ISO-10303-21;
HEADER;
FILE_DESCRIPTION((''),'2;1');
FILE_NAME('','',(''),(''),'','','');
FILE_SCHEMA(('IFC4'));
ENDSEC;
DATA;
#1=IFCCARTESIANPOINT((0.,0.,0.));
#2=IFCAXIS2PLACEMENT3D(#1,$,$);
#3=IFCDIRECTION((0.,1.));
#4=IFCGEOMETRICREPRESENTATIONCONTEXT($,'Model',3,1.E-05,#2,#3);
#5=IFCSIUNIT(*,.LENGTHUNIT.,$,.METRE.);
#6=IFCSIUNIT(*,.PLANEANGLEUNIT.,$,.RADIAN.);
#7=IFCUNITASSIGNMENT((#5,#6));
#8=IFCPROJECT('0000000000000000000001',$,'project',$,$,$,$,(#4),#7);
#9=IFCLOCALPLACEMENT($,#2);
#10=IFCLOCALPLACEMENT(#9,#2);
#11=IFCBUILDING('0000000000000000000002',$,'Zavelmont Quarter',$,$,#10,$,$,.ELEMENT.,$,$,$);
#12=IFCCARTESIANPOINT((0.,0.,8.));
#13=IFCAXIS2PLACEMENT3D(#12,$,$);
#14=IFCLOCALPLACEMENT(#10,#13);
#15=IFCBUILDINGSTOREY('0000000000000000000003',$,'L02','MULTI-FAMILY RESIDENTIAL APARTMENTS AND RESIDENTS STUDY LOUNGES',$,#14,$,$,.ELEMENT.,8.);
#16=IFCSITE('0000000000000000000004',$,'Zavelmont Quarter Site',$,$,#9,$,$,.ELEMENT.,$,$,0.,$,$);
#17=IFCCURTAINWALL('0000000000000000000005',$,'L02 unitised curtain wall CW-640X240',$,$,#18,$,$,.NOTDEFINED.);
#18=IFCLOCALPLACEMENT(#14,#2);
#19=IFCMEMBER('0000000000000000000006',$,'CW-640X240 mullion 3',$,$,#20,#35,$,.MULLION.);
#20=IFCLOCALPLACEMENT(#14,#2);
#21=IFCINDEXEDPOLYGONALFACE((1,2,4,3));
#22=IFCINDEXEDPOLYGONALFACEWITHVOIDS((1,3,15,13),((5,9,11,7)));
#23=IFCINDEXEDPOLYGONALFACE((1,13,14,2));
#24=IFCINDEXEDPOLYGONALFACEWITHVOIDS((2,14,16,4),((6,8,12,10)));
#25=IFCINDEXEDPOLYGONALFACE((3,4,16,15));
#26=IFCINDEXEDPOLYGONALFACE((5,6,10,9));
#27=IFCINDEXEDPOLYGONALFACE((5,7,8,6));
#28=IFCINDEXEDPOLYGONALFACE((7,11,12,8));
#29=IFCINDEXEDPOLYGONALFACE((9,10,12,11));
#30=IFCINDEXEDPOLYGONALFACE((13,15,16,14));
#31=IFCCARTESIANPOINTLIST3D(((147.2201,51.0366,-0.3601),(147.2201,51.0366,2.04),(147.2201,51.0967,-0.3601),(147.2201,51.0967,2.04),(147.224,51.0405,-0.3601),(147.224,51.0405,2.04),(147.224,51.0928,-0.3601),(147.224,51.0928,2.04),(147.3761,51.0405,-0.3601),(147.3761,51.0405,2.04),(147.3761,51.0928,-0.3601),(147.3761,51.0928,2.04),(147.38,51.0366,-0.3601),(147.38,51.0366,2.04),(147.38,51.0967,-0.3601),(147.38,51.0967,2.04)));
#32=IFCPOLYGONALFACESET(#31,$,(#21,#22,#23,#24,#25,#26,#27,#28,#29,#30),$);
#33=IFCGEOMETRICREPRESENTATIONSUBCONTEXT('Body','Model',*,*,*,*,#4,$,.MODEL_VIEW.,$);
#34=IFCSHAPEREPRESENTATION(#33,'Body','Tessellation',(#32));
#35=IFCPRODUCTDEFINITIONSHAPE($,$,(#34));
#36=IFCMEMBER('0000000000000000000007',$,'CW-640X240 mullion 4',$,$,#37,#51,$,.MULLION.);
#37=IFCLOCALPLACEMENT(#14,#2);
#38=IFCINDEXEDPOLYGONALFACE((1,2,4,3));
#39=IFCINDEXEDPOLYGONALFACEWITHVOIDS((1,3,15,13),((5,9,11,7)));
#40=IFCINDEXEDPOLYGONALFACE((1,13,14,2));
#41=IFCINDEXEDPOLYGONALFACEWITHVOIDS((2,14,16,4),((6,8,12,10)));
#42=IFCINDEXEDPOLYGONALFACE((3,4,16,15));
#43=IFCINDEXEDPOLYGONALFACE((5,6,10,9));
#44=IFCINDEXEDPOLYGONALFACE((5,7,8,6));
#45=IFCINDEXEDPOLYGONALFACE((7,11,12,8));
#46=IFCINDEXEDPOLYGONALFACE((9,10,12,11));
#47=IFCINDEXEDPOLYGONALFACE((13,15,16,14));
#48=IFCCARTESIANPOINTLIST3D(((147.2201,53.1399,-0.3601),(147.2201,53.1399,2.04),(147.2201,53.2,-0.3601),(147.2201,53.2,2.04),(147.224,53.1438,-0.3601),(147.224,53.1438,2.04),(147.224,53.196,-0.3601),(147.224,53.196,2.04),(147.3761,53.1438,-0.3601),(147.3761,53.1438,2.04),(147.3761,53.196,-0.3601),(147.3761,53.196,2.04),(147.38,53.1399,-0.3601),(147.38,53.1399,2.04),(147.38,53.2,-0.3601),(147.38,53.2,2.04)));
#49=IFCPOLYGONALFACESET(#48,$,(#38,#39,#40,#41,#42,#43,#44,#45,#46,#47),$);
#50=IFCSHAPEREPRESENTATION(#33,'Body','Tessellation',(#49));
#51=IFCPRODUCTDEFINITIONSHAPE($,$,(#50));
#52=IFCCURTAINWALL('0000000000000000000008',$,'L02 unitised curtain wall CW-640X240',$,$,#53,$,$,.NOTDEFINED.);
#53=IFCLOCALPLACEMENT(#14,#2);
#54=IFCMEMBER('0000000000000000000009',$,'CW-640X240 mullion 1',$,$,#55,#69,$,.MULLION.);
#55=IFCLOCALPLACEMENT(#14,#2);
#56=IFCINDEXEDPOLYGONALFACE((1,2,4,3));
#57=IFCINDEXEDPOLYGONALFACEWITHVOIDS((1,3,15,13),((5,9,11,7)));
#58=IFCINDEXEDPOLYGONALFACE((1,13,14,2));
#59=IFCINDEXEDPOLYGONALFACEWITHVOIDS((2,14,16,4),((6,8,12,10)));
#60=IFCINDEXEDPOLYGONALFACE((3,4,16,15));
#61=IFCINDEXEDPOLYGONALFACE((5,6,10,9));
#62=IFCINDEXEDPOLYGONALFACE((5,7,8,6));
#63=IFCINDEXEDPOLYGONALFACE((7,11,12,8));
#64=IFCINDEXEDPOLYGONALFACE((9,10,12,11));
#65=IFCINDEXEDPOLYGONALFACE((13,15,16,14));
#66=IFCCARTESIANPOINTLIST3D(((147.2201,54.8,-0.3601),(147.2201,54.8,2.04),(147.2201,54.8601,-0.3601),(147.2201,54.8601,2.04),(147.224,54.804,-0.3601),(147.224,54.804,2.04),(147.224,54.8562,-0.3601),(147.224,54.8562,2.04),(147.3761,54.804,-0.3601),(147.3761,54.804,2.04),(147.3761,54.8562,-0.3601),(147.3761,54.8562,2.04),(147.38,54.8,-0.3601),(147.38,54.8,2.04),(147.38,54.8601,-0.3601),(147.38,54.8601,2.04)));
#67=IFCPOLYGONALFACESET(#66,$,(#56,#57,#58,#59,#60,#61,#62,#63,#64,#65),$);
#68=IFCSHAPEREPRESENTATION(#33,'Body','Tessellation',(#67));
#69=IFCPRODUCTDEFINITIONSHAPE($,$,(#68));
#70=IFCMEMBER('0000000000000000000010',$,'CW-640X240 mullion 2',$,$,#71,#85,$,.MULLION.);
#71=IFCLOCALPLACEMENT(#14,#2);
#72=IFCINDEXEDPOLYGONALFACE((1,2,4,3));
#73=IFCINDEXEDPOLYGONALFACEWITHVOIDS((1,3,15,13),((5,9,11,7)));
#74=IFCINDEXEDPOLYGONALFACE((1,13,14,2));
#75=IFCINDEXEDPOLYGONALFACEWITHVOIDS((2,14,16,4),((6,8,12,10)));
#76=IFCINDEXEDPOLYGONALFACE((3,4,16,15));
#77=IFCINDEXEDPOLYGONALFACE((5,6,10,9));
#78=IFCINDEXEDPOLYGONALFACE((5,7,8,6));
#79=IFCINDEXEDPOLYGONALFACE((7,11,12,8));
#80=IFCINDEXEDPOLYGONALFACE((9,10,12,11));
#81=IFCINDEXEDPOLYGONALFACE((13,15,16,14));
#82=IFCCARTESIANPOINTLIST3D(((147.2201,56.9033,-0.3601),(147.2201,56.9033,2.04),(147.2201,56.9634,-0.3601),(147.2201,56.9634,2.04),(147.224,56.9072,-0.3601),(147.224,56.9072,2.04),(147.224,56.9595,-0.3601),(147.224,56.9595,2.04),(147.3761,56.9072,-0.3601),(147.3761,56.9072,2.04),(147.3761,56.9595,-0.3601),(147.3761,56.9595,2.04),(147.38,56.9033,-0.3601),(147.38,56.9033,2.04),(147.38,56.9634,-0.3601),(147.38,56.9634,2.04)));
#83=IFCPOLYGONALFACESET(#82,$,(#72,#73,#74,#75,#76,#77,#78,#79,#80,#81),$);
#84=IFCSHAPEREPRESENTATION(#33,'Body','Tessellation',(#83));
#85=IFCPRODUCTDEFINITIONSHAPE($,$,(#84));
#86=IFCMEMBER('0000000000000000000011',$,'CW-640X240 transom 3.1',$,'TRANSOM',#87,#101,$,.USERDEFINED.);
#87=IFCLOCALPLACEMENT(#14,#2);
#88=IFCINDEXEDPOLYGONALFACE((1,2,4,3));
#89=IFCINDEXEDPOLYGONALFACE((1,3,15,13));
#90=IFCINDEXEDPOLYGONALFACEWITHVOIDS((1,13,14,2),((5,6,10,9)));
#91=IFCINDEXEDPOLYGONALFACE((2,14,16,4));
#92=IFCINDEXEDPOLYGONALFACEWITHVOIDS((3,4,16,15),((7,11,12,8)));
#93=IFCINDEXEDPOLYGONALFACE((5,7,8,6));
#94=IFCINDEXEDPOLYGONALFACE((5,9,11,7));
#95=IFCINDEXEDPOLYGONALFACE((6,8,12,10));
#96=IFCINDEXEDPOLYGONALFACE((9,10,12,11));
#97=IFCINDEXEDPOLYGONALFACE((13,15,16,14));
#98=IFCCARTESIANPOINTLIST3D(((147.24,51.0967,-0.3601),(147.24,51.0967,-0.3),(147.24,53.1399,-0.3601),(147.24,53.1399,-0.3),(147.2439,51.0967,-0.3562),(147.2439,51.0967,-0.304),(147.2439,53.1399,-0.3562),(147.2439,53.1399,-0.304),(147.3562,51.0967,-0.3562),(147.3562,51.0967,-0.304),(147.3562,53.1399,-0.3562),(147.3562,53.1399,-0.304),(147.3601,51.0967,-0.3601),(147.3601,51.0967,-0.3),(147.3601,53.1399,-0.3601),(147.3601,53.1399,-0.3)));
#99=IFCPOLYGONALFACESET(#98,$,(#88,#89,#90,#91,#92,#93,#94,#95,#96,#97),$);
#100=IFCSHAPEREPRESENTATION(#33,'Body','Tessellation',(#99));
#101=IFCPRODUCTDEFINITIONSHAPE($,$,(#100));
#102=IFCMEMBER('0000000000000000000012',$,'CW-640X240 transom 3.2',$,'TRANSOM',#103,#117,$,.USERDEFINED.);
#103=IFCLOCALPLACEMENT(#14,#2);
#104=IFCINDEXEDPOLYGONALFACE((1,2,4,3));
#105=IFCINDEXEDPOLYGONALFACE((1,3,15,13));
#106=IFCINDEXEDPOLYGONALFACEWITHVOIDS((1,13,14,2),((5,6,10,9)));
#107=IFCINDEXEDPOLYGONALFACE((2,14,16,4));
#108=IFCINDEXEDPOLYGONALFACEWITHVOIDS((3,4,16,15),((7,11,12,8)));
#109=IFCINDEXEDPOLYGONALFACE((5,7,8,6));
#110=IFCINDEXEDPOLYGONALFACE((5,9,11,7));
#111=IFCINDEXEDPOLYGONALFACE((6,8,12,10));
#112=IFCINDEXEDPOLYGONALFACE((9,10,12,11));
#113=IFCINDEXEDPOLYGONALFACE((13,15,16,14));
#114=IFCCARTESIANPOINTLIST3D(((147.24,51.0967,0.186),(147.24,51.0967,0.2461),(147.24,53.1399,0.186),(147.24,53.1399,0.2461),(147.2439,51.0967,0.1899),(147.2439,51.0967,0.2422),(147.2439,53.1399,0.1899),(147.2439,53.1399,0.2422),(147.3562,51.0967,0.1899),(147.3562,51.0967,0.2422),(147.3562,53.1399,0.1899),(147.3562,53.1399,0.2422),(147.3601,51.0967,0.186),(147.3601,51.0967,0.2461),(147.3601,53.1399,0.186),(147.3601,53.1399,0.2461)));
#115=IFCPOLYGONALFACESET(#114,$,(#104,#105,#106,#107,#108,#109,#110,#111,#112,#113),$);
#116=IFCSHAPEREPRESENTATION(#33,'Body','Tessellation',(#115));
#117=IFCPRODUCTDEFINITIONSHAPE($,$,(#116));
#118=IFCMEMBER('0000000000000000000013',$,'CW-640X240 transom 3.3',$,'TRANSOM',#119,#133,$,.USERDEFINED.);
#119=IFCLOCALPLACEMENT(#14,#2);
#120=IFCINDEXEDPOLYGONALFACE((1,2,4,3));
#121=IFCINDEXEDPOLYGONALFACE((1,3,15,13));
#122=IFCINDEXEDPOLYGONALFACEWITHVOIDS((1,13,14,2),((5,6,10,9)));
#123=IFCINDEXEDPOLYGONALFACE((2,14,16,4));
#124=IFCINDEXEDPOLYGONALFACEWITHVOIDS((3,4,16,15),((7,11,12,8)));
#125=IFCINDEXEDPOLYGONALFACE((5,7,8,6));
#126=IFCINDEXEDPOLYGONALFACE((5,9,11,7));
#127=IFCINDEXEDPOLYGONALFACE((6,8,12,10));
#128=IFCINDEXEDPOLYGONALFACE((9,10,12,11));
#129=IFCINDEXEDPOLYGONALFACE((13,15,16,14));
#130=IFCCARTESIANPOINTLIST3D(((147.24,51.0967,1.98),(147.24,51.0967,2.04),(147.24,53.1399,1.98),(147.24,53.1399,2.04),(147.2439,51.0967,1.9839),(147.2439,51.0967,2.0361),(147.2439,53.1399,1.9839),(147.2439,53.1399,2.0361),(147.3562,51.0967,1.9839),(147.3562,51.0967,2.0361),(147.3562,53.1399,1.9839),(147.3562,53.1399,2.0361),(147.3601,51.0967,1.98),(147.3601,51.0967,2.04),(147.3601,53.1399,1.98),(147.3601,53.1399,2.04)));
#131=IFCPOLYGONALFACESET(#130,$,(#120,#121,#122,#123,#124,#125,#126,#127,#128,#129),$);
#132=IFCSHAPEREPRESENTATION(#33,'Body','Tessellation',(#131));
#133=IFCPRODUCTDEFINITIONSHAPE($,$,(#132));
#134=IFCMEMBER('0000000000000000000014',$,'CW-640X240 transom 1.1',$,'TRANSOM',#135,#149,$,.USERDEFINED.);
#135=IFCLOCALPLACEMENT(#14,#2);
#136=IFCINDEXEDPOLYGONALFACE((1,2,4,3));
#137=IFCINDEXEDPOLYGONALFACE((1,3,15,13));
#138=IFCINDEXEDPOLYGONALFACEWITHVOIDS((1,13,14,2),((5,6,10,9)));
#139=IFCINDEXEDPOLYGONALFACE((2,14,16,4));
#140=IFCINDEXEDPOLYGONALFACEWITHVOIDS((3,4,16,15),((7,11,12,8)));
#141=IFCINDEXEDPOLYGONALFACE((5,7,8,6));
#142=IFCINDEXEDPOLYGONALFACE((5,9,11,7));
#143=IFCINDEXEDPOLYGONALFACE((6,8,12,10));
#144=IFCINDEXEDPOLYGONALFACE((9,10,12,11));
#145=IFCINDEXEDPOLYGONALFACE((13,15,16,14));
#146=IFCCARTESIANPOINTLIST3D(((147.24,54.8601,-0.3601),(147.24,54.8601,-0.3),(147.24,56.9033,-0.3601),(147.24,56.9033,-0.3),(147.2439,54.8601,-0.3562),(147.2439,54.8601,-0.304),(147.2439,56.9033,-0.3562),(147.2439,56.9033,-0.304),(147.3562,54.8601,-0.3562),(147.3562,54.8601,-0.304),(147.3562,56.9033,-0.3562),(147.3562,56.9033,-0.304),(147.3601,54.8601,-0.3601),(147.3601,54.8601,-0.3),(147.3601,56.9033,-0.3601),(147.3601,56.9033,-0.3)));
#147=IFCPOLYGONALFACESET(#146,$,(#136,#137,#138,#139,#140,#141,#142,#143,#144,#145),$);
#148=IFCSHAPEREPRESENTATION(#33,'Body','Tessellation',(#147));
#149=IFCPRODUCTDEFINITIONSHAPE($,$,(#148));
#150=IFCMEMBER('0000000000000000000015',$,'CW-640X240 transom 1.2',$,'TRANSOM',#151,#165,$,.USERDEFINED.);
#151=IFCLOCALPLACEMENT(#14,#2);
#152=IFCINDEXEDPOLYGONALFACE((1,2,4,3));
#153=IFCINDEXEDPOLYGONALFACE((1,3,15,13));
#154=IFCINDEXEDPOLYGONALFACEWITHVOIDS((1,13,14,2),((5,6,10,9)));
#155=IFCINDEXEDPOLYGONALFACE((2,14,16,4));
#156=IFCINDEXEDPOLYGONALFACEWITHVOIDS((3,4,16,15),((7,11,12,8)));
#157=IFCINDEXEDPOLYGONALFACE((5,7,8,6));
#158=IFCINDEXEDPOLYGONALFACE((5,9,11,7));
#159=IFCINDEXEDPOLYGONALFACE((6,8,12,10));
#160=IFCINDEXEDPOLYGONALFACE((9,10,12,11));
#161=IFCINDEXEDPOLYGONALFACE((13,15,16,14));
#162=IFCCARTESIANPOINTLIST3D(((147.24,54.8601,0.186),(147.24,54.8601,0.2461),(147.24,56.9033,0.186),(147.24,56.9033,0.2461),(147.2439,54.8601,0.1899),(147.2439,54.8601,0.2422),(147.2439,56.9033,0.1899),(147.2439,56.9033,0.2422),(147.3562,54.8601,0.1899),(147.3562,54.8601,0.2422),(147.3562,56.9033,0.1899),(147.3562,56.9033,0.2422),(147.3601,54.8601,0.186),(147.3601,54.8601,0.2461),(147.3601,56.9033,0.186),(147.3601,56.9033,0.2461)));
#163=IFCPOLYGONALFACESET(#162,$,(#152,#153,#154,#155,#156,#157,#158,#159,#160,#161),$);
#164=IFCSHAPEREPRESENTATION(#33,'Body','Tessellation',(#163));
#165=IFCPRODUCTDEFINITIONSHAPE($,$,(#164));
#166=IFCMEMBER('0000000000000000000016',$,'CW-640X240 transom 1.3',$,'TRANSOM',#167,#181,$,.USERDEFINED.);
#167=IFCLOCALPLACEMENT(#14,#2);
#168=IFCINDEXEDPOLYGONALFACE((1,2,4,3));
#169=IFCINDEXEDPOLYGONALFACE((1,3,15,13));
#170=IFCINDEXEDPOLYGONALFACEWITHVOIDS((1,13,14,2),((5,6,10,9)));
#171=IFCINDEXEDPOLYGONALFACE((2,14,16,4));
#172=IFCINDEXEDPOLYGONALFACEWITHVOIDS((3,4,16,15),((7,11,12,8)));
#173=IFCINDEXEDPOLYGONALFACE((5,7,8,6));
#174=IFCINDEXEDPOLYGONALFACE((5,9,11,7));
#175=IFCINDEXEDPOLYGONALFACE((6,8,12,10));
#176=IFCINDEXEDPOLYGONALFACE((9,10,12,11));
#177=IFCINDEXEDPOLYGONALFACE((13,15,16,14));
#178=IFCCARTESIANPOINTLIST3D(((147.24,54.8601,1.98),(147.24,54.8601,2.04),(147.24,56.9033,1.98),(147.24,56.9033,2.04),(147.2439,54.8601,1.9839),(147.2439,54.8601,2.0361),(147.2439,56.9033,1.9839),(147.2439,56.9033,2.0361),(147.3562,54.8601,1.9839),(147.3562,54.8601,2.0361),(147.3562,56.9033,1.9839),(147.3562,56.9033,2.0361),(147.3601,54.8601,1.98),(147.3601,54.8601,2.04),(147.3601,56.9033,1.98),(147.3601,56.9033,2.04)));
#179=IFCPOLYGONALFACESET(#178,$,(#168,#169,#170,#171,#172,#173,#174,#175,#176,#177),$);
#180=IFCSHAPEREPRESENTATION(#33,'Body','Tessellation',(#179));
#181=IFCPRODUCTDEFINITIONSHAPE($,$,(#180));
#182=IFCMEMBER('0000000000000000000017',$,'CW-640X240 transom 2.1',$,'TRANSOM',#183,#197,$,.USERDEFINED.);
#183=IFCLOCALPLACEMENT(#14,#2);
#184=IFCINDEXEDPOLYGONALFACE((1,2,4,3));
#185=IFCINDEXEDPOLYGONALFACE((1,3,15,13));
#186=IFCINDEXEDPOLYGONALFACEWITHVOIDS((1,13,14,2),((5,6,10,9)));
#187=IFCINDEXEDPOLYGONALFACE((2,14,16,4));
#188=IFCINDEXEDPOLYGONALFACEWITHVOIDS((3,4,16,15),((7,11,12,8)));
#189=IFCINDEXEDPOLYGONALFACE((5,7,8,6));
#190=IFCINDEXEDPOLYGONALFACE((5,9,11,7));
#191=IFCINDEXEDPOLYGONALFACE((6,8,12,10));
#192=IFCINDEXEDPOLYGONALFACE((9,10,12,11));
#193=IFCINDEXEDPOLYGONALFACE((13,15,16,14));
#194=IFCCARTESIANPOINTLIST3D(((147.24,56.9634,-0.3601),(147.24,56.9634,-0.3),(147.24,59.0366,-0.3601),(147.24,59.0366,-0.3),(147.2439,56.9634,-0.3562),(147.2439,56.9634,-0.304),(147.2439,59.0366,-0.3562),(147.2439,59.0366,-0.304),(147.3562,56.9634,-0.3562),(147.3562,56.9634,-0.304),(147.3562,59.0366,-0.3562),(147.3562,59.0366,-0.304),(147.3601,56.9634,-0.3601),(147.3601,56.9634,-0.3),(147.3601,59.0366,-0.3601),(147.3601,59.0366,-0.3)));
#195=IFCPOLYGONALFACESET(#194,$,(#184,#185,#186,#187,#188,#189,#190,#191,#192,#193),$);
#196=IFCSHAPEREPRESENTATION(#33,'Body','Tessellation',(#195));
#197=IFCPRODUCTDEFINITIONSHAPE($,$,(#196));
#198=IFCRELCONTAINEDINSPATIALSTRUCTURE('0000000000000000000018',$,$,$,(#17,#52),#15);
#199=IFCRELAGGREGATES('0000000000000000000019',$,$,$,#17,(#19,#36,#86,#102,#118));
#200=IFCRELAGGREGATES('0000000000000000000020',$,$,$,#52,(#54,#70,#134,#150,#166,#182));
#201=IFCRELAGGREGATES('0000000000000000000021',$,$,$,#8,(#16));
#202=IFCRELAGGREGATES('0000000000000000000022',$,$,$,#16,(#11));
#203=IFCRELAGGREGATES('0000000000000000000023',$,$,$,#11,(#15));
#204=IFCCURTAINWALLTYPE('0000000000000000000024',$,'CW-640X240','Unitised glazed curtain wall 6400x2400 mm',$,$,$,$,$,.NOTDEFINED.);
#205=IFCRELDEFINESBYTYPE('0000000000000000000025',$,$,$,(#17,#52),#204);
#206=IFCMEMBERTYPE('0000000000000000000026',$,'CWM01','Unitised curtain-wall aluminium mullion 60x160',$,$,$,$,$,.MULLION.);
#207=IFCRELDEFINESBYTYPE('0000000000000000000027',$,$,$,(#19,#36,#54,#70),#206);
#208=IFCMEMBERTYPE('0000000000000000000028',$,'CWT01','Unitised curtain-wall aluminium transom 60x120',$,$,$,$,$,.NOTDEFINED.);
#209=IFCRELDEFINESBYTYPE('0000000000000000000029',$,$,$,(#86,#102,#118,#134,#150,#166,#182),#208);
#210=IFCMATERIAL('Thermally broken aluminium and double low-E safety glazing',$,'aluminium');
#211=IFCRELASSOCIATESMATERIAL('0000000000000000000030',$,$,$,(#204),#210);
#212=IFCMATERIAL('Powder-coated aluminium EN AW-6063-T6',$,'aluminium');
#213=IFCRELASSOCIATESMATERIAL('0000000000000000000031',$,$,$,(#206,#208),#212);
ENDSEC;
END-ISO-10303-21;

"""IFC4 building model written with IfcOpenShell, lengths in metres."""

from ifc_helpers import new_model, si_unit, direction, frame, origin, origin_2d, place, context, subcontext, project, spatial, hollow_rectangle, extrude, material, material_profile, profile_set, type_object, element, aggregate, save


model = new_model("IFC4")

# Units and contexts
model_context = context("Model", 3, precision=1e-05, world=origin(), true_north=direction((0.0, 1.0)))
body_context = subcontext(model_context, "Body", "Model", "MODEL_VIEW")
ifc_project = project(units=[si_unit("LENGTHUNIT", "METRE"), si_unit("PLANEANGLEUNIT", "RADIAN")], contexts=[model_context])

# Site, building, storey
site_placement = place(None, origin())
site = spatial("IfcSite", under=ifc_project, at=site_placement, Name="Zavelmont Quarter Site", CompositionType="ELEMENT", RefElevation=0.0)
building_placement = place(site_placement, origin())
building = spatial("IfcBuilding", under=site, at=building_placement, Name="Zavelmont Quarter", CompositionType="ELEMENT")
storey_placement = place(building_placement, frame((0.0, 0.0, 8.0)))
storey = spatial("IfcBuildingStorey", under=building, at=storey_placement, Name="L02", Description="MULTI-FAMILY RESIDENTIAL APARTMENTS AND RESIDENTS STUDY LOUNGES", CompositionType="ELEMENT", Elevation=8.0)

# Curtain walls, members
ifc_material_1 = material(Name="Thermally broken aluminium and double low-E safety glazing", Category="aluminium")
curtain_wall_type = type_object("IfcCurtainWallType", Name="CW-640X240", Description="Unitised glazed curtain wall 6400x2400 mm", PredefinedType="NOTDEFINED", material=ifc_material_1)
curtain_wall_1_placement = place(storey_placement, origin())
curtain_wall_1 = element("IfcCurtainWall", 1, at=curtain_wall_1_placement, inside=storey, type_object=curtain_wall_type, Name="L02 unitised curtain wall CW-640X240", PredefinedType="NOTDEFINED")
ifc_material_2 = material(Name="Powder-coated aluminium EN AW-6063-T6", Category="aluminium")
ifc_material_profile_1 = material_profile(ifc_material_2, hollow_rectangle(XDim=0.0601, YDim=0.1599, WallThickness=0.0039, at=origin_2d()), Name="CWM60X160")
ifc_profile_set_1 = profile_set([ifc_material_profile_1], Name="Powder-coated aluminium EN AW-6063-T6")
member_type_1 = type_object("IfcMemberType", Name="CWM01", Description="Unitised curtain-wall aluminium mullion 60x160", PredefinedType="MULLION", material=ifc_profile_set_1)
member_1_placement = place(storey_placement, frame((147.3, 51.0667, -0.3601), z_axis=(0.0, 0.0, 1.0), x_axis=(0.0, 1.0, 0.0)))
member_1 = element("IfcMember", 2, at=member_1_placement, type_object=member_type_1, Name="CW-640X240 mullion 3", PredefinedType="MULLION", context=body_context, shape_type="SweptSolid", body=[
    extrude(hollow_rectangle(XDim=0.0601, YDim=0.1599, WallThickness=0.0039, at=origin_2d()), origin(), (0.0, 0.0, 1.0), 2.4001),
])
member_2_placement = place(storey_placement, frame((147.3, 53.1699, -0.3601), z_axis=(0.0, 0.0, 1.0), x_axis=(0.0, 1.0, 0.0)))
member_2 = element("IfcMember", 3, at=member_2_placement, type_object=member_type_1, Name="CW-640X240 mullion 4", PredefinedType="MULLION", context=body_context, shape_type="SweptSolid", body=[
    extrude(hollow_rectangle(XDim=0.0601, YDim=0.1599, WallThickness=0.0039, at=origin_2d()), origin(), (0.0, 0.0, 1.0), 2.4001),
])
curtain_wall_2_placement = place(storey_placement, origin())
curtain_wall_2 = element("IfcCurtainWall", 4, at=curtain_wall_2_placement, inside=storey, type_object=curtain_wall_type, Name="L02 unitised curtain wall CW-640X240", PredefinedType="NOTDEFINED")
member_3_placement = place(storey_placement, frame((147.3, 54.8301, -0.3601), z_axis=(0.0, 0.0, 1.0), x_axis=(0.0, 1.0, 0.0)))
member_3 = element("IfcMember", 5, at=member_3_placement, type_object=member_type_1, Name="CW-640X240 mullion 1", PredefinedType="MULLION", context=body_context, shape_type="SweptSolid", body=[
    extrude(hollow_rectangle(XDim=0.0601, YDim=0.1599, WallThickness=0.0039, at=origin_2d()), origin(), (0.0, 0.0, 1.0), 2.4001),
])
member_4_placement = place(storey_placement, frame((147.3, 56.9333, -0.3601), z_axis=(0.0, 0.0, 1.0), x_axis=(0.0, 1.0, 0.0)))
member_4 = element("IfcMember", 6, at=member_4_placement, type_object=member_type_1, Name="CW-640X240 mullion 2", PredefinedType="MULLION", context=body_context, shape_type="SweptSolid", body=[
    extrude(hollow_rectangle(XDim=0.0601, YDim=0.1599, WallThickness=0.0039, at=origin_2d()), origin(), (0.0, 0.0, 1.0), 2.4001),
])

# Members
ifc_material_profile_2 = material_profile(ifc_material_2, hollow_rectangle(XDim=0.1201, YDim=0.0601, WallThickness=0.0039, at=origin_2d()), Name="CWT60X120")
ifc_profile_set_2 = profile_set([ifc_material_profile_2], Name="Powder-coated aluminium EN AW-6063-T6")
member_type_2 = type_object("IfcMemberType", Name="CWT01", Description="Unitised curtain-wall aluminium transom 60x120", PredefinedType="NOTDEFINED", material=ifc_profile_set_2)
member_5_placement = place(storey_placement, frame((147.3, 51.0967, -0.3301), z_axis=(0.0, 1.0, 0.0), x_axis=(-1.0, 0.0, 0.0)))
member_5 = element("IfcMember", 7, at=member_5_placement, type_object=member_type_2, Name="CW-640X240 transom 3.1", ObjectType="TRANSOM", PredefinedType="USERDEFINED", context=body_context, shape_type="SweptSolid", body=[
    extrude(hollow_rectangle(XDim=0.1201, YDim=0.0601, WallThickness=0.0039, at=origin_2d()), origin(), (0.0, 0.0, 1.0), 2.0432),
])
member_6_placement = place(storey_placement, frame((147.3, 51.0967, 0.2161), z_axis=(0.0, 1.0, 0.0), x_axis=(-1.0, 0.0, 0.0)))
member_6 = element("IfcMember", 8, at=member_6_placement, type_object=member_type_2, Name="CW-640X240 transom 3.2", ObjectType="TRANSOM", PredefinedType="USERDEFINED", context=body_context, shape_type="SweptSolid", body=[
    extrude(hollow_rectangle(XDim=0.1201, YDim=0.0601, WallThickness=0.0039, at=origin_2d()), origin(), (0.0, 0.0, 1.0), 2.0432),
])
member_7_placement = place(storey_placement, frame((147.3, 51.0967, 2.01), z_axis=(0.0, 1.0, 0.0), x_axis=(-1.0, 0.0, 0.0)))
member_7 = element("IfcMember", 9, at=member_7_placement, type_object=member_type_2, Name="CW-640X240 transom 3.3", ObjectType="TRANSOM", PredefinedType="USERDEFINED", context=body_context, shape_type="SweptSolid", body=[
    extrude(hollow_rectangle(XDim=0.1201, YDim=0.0601, WallThickness=0.0039, at=origin_2d()), origin(), (0.0, 0.0, 1.0), 2.0432),
])
member_8_placement = place(storey_placement, frame((147.3, 54.8601, -0.3301), z_axis=(0.0, 1.0, 0.0), x_axis=(-1.0, 0.0, 0.0)))
member_8 = element("IfcMember", 10, at=member_8_placement, type_object=member_type_2, Name="CW-640X240 transom 1.1", ObjectType="TRANSOM", PredefinedType="USERDEFINED", context=body_context, shape_type="SweptSolid", body=[
    extrude(hollow_rectangle(XDim=0.1201, YDim=0.0601, WallThickness=0.0039, at=origin_2d()), origin(), (0.0, 0.0, 1.0), 2.0432),
])
member_9_placement = place(storey_placement, frame((147.3, 54.8601, 0.2161), z_axis=(0.0, 1.0, 0.0), x_axis=(-1.0, 0.0, 0.0)))
member_9 = element("IfcMember", 11, at=member_9_placement, type_object=member_type_2, Name="CW-640X240 transom 1.2", ObjectType="TRANSOM", PredefinedType="USERDEFINED", context=body_context, shape_type="SweptSolid", body=[
    extrude(hollow_rectangle(XDim=0.1201, YDim=0.0601, WallThickness=0.0039, at=origin_2d()), origin(), (0.0, 0.0, 1.0), 2.0432),
])
member_10_placement = place(storey_placement, frame((147.3, 54.8601, 2.01), z_axis=(0.0, 1.0, 0.0), x_axis=(-1.0, 0.0, 0.0)))
member_10 = element("IfcMember", 12, at=member_10_placement, type_object=member_type_2, Name="CW-640X240 transom 1.3", ObjectType="TRANSOM", PredefinedType="USERDEFINED", context=body_context, shape_type="SweptSolid", body=[
    extrude(hollow_rectangle(XDim=0.1201, YDim=0.0601, WallThickness=0.0039, at=origin_2d()), origin(), (0.0, 0.0, 1.0), 2.0432),
])
member_11_placement = place(storey_placement, frame((147.3, 56.9634, -0.3301), z_axis=(0.0, 1.0, 0.0), x_axis=(-1.0, 0.0, 0.0)))
member_11 = element("IfcMember", 13, at=member_11_placement, type_object=member_type_2, Name="CW-640X240 transom 2.1", ObjectType="TRANSOM", PredefinedType="USERDEFINED", context=body_context, shape_type="SweptSolid", body=[
    extrude(hollow_rectangle(XDim=0.1201, YDim=0.0601, WallThickness=0.0039, at=origin_2d()), origin(), (0.0, 0.0, 1.0), 2.0732),
])

aggregate(curtain_wall_1, [member_1, member_2, member_5, member_6, member_7])
aggregate(curtain_wall_2, [member_3, member_4, member_8, member_9, member_10, member_11])

save(model, "model.ifc")
